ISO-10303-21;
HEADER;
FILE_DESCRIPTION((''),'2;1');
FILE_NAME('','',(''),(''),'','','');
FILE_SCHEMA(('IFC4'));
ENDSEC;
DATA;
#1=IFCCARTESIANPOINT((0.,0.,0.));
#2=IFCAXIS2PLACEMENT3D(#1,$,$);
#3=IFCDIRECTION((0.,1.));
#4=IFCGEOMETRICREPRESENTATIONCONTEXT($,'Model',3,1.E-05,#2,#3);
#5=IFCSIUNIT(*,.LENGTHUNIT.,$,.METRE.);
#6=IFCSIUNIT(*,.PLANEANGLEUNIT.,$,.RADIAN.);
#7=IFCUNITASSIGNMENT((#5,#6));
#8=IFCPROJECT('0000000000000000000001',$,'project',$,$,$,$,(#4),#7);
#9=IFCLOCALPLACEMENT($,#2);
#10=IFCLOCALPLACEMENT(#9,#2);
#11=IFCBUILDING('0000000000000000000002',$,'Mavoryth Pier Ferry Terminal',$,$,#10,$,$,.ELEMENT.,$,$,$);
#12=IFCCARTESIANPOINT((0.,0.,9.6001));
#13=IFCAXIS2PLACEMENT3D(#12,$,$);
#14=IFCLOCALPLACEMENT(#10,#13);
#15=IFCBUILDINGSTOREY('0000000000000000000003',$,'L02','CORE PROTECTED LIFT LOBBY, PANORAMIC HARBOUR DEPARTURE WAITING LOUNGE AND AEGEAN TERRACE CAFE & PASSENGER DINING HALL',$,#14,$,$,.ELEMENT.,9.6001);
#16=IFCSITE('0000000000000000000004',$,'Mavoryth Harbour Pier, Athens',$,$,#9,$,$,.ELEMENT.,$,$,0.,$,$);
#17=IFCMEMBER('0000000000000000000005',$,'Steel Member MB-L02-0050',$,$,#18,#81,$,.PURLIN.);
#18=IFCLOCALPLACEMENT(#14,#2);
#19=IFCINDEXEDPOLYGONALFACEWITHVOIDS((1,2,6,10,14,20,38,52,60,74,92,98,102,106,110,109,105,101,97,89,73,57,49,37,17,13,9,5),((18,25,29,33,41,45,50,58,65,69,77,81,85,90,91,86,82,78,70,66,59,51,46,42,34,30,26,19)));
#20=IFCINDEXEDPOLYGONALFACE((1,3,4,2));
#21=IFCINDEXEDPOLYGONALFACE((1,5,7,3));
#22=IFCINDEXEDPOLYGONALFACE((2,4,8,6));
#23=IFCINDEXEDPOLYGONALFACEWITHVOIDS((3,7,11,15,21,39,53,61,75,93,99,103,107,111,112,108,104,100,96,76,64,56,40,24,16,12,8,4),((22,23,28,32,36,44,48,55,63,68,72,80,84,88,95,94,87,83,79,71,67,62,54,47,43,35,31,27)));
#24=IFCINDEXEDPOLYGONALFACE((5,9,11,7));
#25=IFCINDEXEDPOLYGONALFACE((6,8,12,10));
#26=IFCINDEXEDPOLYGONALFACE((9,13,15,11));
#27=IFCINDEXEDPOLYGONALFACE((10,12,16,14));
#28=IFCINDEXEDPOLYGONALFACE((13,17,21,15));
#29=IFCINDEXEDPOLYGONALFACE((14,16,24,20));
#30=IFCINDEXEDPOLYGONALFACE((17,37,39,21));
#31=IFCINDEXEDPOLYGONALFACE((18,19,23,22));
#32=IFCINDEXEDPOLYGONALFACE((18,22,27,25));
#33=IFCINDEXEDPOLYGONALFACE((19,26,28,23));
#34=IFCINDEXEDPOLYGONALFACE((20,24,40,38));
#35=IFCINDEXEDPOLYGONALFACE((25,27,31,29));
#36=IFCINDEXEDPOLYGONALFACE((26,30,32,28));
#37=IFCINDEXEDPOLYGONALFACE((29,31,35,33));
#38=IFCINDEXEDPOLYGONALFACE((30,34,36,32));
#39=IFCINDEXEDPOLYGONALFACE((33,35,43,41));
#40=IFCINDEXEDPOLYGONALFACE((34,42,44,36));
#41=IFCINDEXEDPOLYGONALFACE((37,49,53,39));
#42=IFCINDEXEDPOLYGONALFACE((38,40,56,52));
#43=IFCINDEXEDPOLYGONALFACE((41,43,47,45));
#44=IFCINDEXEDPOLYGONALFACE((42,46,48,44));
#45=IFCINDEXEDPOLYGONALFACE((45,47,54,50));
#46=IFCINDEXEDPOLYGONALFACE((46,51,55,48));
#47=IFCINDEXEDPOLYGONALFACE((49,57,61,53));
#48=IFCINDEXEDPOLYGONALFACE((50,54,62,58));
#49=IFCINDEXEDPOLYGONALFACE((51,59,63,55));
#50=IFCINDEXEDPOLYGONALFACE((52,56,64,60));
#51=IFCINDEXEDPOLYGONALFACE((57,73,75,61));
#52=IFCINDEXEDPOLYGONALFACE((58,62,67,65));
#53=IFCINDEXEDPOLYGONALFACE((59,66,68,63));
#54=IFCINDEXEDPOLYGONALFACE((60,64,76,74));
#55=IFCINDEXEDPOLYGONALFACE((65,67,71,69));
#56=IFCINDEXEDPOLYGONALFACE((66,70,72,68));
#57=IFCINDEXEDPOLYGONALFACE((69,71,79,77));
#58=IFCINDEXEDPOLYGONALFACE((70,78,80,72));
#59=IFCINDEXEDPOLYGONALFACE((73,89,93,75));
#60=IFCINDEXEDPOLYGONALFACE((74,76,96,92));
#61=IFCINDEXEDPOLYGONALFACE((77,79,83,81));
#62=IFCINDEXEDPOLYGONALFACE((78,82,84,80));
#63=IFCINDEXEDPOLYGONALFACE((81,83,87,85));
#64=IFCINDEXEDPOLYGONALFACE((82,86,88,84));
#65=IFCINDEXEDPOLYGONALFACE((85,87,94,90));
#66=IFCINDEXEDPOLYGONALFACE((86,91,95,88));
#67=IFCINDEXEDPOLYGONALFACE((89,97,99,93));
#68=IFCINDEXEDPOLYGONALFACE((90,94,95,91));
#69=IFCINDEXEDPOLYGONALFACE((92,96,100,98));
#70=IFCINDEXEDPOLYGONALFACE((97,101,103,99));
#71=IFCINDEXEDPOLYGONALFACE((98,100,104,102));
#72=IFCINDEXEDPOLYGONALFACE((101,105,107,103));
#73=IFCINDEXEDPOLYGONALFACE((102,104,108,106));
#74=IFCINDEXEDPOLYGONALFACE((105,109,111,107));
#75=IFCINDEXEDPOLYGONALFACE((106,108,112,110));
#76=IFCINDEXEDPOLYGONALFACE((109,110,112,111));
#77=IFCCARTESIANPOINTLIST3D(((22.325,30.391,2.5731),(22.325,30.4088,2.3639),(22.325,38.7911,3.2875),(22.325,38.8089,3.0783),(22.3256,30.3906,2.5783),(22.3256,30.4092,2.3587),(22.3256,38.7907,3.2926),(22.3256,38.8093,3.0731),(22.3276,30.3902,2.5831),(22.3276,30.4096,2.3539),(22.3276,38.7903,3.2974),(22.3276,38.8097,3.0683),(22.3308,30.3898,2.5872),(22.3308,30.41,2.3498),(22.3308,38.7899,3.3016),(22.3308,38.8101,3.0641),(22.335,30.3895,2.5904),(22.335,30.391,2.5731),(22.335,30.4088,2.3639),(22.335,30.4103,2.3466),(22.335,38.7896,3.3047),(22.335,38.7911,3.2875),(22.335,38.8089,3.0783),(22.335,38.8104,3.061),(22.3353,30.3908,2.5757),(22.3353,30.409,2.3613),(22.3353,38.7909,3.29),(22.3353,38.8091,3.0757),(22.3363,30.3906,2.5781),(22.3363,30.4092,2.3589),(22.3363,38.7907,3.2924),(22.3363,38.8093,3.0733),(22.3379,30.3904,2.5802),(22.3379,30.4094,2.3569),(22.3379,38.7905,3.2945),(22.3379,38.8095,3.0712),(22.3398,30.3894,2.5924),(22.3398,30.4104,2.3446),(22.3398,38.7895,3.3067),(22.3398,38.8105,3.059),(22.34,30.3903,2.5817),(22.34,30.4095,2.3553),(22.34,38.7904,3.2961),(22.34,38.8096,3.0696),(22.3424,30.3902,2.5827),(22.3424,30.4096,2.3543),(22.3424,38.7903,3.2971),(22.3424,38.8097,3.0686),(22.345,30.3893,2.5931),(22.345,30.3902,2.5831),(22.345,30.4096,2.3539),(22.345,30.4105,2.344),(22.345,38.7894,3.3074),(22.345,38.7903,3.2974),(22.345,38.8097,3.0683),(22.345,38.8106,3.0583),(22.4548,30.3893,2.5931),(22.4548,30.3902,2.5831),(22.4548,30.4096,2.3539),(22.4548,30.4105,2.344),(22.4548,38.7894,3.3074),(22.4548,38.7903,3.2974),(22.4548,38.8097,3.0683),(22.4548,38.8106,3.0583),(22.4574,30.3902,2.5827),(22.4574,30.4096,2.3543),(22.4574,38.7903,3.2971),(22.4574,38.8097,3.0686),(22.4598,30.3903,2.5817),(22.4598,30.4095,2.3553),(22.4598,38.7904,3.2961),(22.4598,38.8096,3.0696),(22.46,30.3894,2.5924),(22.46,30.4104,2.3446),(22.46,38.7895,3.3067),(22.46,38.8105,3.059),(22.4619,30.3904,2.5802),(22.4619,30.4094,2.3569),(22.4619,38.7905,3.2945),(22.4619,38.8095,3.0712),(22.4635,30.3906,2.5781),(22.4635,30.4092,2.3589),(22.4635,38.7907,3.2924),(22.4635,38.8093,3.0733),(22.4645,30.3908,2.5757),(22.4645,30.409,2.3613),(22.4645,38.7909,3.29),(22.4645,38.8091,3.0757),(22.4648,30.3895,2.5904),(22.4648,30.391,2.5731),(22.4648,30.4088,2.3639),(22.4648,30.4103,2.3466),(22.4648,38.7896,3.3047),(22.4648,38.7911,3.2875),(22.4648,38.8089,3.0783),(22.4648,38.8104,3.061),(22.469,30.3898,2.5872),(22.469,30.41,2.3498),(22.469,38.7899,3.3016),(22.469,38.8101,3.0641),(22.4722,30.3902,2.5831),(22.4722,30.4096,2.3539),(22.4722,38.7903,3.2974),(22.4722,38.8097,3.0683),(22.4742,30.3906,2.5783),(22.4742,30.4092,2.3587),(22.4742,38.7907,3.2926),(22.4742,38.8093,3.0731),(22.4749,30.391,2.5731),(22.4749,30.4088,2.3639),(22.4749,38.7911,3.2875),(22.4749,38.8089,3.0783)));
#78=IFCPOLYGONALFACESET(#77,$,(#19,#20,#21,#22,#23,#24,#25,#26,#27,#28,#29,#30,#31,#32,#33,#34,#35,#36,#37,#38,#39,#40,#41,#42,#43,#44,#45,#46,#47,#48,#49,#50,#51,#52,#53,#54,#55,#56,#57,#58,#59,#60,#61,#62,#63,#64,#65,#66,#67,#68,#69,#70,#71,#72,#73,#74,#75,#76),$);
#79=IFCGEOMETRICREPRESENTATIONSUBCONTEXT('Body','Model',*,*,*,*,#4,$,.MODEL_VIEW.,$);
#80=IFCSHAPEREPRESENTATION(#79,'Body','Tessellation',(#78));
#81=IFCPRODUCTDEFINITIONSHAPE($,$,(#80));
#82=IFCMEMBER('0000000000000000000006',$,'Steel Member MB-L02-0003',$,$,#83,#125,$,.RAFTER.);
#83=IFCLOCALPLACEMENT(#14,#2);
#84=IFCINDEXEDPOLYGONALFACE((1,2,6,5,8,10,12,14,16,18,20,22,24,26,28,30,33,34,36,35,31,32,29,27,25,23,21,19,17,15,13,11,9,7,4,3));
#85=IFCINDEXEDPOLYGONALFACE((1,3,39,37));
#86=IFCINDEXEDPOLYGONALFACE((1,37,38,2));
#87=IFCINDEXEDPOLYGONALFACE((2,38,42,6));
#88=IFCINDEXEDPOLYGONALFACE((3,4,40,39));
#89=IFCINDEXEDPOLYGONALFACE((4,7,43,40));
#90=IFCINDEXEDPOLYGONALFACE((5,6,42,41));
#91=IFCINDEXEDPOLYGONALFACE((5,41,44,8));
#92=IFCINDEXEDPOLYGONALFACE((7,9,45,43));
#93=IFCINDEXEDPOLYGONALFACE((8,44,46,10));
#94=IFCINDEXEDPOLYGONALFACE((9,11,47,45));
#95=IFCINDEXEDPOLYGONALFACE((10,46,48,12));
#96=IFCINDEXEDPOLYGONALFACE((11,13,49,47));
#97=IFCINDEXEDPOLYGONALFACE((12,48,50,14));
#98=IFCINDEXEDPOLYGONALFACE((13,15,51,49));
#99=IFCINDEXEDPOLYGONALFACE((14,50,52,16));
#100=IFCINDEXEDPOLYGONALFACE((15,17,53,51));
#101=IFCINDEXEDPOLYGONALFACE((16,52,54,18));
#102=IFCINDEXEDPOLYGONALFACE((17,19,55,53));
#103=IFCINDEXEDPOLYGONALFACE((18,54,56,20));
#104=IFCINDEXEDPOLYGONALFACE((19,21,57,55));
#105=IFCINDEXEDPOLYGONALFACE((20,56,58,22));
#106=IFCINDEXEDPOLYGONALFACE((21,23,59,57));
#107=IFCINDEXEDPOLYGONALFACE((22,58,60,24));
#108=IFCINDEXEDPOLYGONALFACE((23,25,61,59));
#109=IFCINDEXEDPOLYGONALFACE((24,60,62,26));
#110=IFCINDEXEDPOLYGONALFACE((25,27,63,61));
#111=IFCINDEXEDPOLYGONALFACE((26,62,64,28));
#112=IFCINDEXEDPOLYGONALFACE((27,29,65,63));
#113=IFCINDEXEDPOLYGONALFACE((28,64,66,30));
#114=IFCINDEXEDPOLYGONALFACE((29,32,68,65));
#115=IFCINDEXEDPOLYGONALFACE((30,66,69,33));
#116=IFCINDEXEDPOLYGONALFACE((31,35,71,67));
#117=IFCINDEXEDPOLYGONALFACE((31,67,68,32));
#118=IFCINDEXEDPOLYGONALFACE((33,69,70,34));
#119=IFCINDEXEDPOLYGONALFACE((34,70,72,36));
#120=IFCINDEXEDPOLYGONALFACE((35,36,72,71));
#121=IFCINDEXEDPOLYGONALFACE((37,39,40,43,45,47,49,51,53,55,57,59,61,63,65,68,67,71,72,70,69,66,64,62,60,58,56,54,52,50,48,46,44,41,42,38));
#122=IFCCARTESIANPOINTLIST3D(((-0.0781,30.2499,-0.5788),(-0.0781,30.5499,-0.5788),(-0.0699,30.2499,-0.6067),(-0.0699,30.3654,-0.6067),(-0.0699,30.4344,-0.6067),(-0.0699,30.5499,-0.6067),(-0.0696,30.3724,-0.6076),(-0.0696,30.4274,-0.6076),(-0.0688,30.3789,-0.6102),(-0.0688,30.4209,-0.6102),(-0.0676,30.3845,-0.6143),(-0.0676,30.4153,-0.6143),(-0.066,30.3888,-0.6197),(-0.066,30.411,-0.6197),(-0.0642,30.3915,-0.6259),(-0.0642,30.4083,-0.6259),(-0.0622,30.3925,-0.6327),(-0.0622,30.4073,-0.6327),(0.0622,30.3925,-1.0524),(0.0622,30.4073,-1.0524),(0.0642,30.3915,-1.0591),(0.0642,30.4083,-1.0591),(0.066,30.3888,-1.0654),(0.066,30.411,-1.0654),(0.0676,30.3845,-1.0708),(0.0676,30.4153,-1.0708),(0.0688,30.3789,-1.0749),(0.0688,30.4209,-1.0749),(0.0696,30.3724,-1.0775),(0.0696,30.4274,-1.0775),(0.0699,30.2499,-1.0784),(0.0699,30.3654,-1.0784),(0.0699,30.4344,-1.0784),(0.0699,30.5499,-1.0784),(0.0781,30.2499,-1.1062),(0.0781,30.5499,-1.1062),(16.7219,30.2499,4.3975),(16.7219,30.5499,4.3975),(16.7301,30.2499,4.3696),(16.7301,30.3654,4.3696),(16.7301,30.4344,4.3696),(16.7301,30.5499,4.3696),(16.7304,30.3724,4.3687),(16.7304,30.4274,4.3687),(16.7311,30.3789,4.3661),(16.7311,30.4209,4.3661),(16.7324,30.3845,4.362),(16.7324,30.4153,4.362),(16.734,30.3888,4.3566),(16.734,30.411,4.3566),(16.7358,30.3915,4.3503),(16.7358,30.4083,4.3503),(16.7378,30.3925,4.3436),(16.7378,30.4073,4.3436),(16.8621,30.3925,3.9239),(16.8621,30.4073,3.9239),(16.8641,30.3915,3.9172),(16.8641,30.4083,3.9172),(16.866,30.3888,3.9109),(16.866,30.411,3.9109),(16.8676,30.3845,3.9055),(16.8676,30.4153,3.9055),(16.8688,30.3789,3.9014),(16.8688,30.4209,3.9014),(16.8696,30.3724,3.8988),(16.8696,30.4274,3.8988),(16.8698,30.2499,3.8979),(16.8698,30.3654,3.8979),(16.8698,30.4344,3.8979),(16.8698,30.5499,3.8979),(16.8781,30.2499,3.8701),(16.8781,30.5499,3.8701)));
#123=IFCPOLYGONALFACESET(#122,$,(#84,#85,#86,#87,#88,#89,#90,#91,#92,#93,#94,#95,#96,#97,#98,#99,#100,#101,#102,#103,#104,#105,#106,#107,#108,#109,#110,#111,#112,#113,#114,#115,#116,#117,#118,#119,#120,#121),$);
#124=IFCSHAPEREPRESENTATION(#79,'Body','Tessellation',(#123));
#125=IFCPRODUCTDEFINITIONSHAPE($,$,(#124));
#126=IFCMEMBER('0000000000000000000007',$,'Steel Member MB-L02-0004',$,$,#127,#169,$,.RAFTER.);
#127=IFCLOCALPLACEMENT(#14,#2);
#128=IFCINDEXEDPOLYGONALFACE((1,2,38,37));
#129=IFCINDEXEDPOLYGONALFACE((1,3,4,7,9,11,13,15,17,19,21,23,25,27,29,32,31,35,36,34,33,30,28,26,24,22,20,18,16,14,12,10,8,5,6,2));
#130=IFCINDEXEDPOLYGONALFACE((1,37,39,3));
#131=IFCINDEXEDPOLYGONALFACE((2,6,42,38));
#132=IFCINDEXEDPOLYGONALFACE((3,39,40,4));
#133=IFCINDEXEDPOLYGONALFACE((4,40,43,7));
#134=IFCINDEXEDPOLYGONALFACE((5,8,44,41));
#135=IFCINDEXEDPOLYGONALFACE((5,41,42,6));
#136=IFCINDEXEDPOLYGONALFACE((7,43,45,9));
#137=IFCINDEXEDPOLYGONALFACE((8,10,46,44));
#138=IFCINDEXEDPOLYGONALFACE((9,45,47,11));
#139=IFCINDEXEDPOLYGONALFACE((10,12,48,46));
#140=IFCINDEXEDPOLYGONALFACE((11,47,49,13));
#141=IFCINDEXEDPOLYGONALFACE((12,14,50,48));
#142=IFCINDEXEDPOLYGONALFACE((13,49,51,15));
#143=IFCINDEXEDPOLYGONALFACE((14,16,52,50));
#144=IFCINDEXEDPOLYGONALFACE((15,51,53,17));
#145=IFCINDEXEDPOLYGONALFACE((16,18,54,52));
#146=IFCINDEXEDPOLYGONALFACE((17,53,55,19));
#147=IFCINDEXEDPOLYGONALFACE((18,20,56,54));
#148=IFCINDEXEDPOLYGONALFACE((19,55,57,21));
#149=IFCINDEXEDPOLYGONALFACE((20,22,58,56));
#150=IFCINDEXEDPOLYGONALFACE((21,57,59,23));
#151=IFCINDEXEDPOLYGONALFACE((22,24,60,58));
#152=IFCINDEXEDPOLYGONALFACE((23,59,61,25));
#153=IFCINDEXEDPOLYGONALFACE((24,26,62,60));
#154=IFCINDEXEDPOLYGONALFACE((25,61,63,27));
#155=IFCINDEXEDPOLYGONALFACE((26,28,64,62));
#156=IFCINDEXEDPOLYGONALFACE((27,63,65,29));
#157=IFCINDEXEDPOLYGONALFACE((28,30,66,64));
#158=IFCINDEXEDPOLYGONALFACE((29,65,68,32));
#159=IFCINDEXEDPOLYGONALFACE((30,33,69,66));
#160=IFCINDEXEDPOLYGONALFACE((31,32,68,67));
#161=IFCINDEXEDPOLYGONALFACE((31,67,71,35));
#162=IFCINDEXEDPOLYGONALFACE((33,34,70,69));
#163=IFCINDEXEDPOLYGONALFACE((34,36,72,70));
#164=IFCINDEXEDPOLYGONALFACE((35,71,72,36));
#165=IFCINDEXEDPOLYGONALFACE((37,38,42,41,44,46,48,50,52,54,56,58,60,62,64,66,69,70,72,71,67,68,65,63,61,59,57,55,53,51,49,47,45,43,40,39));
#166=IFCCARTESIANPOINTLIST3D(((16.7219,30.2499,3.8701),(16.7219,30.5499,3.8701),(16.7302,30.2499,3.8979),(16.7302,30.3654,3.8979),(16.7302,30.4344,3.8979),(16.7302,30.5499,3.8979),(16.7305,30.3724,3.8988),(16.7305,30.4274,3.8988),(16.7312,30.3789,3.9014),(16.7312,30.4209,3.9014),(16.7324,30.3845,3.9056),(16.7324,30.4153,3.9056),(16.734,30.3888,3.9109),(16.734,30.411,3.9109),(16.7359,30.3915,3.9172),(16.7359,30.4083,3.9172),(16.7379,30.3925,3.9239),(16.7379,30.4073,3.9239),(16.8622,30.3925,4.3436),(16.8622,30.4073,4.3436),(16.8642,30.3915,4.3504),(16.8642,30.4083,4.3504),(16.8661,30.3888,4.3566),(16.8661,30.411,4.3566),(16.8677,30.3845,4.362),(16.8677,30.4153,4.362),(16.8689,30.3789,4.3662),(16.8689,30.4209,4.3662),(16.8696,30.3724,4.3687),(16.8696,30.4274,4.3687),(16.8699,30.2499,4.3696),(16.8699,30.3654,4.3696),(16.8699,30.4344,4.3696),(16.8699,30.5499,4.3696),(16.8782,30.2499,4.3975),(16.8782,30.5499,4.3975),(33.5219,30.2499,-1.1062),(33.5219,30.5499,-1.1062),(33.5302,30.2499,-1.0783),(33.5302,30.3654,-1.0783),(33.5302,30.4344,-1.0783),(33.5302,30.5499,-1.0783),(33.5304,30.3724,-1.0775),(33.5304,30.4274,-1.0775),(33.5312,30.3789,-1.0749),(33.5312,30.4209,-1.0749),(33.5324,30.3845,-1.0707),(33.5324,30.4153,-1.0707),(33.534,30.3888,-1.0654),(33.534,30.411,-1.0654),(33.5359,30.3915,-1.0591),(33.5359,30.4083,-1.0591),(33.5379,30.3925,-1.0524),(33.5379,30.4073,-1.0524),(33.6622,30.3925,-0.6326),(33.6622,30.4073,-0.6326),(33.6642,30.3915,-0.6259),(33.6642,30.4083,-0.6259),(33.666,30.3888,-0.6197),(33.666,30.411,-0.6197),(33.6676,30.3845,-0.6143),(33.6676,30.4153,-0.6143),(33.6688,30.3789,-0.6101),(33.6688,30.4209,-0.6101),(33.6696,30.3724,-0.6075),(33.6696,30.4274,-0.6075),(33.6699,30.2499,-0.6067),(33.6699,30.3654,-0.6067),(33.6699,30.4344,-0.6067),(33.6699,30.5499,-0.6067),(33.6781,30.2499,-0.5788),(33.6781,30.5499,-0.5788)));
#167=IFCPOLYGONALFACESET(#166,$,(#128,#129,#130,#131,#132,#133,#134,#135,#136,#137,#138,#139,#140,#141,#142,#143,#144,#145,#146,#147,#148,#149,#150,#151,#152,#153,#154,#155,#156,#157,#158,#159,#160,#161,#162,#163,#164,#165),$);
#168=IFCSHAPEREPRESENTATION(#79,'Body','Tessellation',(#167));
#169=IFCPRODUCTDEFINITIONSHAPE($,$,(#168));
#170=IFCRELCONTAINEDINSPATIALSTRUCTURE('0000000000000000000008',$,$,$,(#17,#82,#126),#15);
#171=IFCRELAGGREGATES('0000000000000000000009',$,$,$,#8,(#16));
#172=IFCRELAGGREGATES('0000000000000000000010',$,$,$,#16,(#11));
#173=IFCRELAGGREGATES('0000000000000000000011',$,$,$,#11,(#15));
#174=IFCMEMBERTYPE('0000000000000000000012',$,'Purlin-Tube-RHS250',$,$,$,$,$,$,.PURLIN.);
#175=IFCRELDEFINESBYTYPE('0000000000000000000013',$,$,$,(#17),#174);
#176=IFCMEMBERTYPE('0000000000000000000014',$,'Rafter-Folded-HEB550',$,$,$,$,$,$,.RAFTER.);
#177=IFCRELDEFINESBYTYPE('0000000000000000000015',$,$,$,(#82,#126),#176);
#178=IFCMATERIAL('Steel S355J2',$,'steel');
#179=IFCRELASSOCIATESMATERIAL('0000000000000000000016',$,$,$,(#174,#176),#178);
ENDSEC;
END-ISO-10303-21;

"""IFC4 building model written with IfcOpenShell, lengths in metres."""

from ifc_helpers import new_model, si_unit, direction, frame, origin, origin_2d, place, context, subcontext, project, spatial, hollow_rectangle, i_section, extrude, material, material_profile, profile_set, type_object, element, save


model = new_model("IFC4")

# Units and contexts
model_context = context("Model", 3, precision=1e-05, world=origin(), true_north=direction((0.0, 1.0)))
body_context = subcontext(model_context, "Body", "Model", "MODEL_VIEW")
ifc_project = project(units=[si_unit("LENGTHUNIT", "METRE"), si_unit("PLANEANGLEUNIT", "RADIAN")], contexts=[model_context])

# Site, building, storey
site_placement = place(None, origin())
site = spatial("IfcSite", under=ifc_project, at=site_placement, Name="Mavoryth Harbour Pier, Athens", CompositionType="ELEMENT", RefElevation=0.0)
building_placement = place(site_placement, origin())
building = spatial("IfcBuilding", under=site, at=building_placement, Name="Mavoryth Pier Ferry Terminal", CompositionType="ELEMENT")
storey_placement = place(building_placement, frame((0.0, 0.0, 9.6001)))
storey = spatial("IfcBuildingStorey", under=building, at=storey_placement, Name="L02", Description="CORE PROTECTED LIFT LOBBY, PANORAMIC HARBOUR DEPARTURE WAITING LOUNGE AND AEGEAN TERRACE CAFE & PASSENGER DINING HALL", CompositionType="ELEMENT", Elevation=9.6001)

# Members
ifc_material_1 = material(Name="Steel S355J2", Category="steel")
ifc_material_profile_1 = material_profile(ifc_material_1, hollow_rectangle(XDim=0.1499, YDim=0.25, WallThickness=0.01, InnerFilletRadius=0.01, OuterFilletRadius=0.02, at=origin_2d()), Name="RHS 250x150x10.0", Category="steel")
ifc_profile_set_1 = profile_set([ifc_material_profile_1], Name="Steel S355J2 - RHS 250x150x10.0")
member_type_1 = type_object("IfcMemberType", Name="Purlin-Tube-RHS250", PredefinedType="PURLIN", material=ifc_profile_set_1)
member_1_placement = place(storey_placement, frame((22.3999, 30.3999, 2.4685), z_axis=(0.0, 0.996404, 0.084735), x_axis=(-1.0, 0.0, 0.0)))
element("IfcMember", 1, at=member_1_placement, inside=storey, type_object=member_type_1, Name="Steel Member MB-L02-0050", PredefinedType="PURLIN", context=body_context, shape_type="SweptSolid", body=[
    extrude(hollow_rectangle(XDim=0.1499, YDim=0.25, WallThickness=0.01, InnerFilletRadius=0.01, OuterFilletRadius=0.02, at=origin_2d()), origin(), (0.0, 0.0, 1.0), 8.4304),
])
ifc_material_profile_2 = material_profile(ifc_material_1, i_section(OverallWidth=0.3, OverallDepth=0.55, WebThickness=0.0149, FlangeThickness=0.0291, FilletRadius=0.0271, at=origin_2d()), Name="HEB 550", Category="steel")
ifc_profile_set_2 = profile_set([ifc_material_profile_2], Name="Steel S355J2 - HEB 550")
member_type_2 = type_object("IfcMemberType", Name="Rafter-Folded-HEB550", PredefinedType="RAFTER", material=ifc_profile_set_2)
for number, where, z_axis, x_axis, name in (
    (2, (0.0, 30.3999, -0.8425), (0.958821, 0.0, 0.284011), (0.0, 1.0, 0.0), "Steel Member MB-L02-0003"),
    (3, (16.8, 30.3999, 4.1338), (0.958821, 0.0, -0.284011), (0.0, 1.0, 0.0), "Steel Member MB-L02-0004"),
):
    element("IfcMember", number, at=place(storey_placement, frame(where, z_axis=z_axis, x_axis=x_axis)), inside=storey, type_object=member_type_2, Name=name, PredefinedType="RAFTER", context=body_context, shape_type="SweptSolid", body=[
        extrude(i_section(OverallWidth=0.3, OverallDepth=0.55, WebThickness=0.0149, FlangeThickness=0.0291, FilletRadius=0.0271, at=origin_2d()), origin(), (0.0, 0.0, 1.0), 17.5215),
    ])

save(model, "model.ifc")
